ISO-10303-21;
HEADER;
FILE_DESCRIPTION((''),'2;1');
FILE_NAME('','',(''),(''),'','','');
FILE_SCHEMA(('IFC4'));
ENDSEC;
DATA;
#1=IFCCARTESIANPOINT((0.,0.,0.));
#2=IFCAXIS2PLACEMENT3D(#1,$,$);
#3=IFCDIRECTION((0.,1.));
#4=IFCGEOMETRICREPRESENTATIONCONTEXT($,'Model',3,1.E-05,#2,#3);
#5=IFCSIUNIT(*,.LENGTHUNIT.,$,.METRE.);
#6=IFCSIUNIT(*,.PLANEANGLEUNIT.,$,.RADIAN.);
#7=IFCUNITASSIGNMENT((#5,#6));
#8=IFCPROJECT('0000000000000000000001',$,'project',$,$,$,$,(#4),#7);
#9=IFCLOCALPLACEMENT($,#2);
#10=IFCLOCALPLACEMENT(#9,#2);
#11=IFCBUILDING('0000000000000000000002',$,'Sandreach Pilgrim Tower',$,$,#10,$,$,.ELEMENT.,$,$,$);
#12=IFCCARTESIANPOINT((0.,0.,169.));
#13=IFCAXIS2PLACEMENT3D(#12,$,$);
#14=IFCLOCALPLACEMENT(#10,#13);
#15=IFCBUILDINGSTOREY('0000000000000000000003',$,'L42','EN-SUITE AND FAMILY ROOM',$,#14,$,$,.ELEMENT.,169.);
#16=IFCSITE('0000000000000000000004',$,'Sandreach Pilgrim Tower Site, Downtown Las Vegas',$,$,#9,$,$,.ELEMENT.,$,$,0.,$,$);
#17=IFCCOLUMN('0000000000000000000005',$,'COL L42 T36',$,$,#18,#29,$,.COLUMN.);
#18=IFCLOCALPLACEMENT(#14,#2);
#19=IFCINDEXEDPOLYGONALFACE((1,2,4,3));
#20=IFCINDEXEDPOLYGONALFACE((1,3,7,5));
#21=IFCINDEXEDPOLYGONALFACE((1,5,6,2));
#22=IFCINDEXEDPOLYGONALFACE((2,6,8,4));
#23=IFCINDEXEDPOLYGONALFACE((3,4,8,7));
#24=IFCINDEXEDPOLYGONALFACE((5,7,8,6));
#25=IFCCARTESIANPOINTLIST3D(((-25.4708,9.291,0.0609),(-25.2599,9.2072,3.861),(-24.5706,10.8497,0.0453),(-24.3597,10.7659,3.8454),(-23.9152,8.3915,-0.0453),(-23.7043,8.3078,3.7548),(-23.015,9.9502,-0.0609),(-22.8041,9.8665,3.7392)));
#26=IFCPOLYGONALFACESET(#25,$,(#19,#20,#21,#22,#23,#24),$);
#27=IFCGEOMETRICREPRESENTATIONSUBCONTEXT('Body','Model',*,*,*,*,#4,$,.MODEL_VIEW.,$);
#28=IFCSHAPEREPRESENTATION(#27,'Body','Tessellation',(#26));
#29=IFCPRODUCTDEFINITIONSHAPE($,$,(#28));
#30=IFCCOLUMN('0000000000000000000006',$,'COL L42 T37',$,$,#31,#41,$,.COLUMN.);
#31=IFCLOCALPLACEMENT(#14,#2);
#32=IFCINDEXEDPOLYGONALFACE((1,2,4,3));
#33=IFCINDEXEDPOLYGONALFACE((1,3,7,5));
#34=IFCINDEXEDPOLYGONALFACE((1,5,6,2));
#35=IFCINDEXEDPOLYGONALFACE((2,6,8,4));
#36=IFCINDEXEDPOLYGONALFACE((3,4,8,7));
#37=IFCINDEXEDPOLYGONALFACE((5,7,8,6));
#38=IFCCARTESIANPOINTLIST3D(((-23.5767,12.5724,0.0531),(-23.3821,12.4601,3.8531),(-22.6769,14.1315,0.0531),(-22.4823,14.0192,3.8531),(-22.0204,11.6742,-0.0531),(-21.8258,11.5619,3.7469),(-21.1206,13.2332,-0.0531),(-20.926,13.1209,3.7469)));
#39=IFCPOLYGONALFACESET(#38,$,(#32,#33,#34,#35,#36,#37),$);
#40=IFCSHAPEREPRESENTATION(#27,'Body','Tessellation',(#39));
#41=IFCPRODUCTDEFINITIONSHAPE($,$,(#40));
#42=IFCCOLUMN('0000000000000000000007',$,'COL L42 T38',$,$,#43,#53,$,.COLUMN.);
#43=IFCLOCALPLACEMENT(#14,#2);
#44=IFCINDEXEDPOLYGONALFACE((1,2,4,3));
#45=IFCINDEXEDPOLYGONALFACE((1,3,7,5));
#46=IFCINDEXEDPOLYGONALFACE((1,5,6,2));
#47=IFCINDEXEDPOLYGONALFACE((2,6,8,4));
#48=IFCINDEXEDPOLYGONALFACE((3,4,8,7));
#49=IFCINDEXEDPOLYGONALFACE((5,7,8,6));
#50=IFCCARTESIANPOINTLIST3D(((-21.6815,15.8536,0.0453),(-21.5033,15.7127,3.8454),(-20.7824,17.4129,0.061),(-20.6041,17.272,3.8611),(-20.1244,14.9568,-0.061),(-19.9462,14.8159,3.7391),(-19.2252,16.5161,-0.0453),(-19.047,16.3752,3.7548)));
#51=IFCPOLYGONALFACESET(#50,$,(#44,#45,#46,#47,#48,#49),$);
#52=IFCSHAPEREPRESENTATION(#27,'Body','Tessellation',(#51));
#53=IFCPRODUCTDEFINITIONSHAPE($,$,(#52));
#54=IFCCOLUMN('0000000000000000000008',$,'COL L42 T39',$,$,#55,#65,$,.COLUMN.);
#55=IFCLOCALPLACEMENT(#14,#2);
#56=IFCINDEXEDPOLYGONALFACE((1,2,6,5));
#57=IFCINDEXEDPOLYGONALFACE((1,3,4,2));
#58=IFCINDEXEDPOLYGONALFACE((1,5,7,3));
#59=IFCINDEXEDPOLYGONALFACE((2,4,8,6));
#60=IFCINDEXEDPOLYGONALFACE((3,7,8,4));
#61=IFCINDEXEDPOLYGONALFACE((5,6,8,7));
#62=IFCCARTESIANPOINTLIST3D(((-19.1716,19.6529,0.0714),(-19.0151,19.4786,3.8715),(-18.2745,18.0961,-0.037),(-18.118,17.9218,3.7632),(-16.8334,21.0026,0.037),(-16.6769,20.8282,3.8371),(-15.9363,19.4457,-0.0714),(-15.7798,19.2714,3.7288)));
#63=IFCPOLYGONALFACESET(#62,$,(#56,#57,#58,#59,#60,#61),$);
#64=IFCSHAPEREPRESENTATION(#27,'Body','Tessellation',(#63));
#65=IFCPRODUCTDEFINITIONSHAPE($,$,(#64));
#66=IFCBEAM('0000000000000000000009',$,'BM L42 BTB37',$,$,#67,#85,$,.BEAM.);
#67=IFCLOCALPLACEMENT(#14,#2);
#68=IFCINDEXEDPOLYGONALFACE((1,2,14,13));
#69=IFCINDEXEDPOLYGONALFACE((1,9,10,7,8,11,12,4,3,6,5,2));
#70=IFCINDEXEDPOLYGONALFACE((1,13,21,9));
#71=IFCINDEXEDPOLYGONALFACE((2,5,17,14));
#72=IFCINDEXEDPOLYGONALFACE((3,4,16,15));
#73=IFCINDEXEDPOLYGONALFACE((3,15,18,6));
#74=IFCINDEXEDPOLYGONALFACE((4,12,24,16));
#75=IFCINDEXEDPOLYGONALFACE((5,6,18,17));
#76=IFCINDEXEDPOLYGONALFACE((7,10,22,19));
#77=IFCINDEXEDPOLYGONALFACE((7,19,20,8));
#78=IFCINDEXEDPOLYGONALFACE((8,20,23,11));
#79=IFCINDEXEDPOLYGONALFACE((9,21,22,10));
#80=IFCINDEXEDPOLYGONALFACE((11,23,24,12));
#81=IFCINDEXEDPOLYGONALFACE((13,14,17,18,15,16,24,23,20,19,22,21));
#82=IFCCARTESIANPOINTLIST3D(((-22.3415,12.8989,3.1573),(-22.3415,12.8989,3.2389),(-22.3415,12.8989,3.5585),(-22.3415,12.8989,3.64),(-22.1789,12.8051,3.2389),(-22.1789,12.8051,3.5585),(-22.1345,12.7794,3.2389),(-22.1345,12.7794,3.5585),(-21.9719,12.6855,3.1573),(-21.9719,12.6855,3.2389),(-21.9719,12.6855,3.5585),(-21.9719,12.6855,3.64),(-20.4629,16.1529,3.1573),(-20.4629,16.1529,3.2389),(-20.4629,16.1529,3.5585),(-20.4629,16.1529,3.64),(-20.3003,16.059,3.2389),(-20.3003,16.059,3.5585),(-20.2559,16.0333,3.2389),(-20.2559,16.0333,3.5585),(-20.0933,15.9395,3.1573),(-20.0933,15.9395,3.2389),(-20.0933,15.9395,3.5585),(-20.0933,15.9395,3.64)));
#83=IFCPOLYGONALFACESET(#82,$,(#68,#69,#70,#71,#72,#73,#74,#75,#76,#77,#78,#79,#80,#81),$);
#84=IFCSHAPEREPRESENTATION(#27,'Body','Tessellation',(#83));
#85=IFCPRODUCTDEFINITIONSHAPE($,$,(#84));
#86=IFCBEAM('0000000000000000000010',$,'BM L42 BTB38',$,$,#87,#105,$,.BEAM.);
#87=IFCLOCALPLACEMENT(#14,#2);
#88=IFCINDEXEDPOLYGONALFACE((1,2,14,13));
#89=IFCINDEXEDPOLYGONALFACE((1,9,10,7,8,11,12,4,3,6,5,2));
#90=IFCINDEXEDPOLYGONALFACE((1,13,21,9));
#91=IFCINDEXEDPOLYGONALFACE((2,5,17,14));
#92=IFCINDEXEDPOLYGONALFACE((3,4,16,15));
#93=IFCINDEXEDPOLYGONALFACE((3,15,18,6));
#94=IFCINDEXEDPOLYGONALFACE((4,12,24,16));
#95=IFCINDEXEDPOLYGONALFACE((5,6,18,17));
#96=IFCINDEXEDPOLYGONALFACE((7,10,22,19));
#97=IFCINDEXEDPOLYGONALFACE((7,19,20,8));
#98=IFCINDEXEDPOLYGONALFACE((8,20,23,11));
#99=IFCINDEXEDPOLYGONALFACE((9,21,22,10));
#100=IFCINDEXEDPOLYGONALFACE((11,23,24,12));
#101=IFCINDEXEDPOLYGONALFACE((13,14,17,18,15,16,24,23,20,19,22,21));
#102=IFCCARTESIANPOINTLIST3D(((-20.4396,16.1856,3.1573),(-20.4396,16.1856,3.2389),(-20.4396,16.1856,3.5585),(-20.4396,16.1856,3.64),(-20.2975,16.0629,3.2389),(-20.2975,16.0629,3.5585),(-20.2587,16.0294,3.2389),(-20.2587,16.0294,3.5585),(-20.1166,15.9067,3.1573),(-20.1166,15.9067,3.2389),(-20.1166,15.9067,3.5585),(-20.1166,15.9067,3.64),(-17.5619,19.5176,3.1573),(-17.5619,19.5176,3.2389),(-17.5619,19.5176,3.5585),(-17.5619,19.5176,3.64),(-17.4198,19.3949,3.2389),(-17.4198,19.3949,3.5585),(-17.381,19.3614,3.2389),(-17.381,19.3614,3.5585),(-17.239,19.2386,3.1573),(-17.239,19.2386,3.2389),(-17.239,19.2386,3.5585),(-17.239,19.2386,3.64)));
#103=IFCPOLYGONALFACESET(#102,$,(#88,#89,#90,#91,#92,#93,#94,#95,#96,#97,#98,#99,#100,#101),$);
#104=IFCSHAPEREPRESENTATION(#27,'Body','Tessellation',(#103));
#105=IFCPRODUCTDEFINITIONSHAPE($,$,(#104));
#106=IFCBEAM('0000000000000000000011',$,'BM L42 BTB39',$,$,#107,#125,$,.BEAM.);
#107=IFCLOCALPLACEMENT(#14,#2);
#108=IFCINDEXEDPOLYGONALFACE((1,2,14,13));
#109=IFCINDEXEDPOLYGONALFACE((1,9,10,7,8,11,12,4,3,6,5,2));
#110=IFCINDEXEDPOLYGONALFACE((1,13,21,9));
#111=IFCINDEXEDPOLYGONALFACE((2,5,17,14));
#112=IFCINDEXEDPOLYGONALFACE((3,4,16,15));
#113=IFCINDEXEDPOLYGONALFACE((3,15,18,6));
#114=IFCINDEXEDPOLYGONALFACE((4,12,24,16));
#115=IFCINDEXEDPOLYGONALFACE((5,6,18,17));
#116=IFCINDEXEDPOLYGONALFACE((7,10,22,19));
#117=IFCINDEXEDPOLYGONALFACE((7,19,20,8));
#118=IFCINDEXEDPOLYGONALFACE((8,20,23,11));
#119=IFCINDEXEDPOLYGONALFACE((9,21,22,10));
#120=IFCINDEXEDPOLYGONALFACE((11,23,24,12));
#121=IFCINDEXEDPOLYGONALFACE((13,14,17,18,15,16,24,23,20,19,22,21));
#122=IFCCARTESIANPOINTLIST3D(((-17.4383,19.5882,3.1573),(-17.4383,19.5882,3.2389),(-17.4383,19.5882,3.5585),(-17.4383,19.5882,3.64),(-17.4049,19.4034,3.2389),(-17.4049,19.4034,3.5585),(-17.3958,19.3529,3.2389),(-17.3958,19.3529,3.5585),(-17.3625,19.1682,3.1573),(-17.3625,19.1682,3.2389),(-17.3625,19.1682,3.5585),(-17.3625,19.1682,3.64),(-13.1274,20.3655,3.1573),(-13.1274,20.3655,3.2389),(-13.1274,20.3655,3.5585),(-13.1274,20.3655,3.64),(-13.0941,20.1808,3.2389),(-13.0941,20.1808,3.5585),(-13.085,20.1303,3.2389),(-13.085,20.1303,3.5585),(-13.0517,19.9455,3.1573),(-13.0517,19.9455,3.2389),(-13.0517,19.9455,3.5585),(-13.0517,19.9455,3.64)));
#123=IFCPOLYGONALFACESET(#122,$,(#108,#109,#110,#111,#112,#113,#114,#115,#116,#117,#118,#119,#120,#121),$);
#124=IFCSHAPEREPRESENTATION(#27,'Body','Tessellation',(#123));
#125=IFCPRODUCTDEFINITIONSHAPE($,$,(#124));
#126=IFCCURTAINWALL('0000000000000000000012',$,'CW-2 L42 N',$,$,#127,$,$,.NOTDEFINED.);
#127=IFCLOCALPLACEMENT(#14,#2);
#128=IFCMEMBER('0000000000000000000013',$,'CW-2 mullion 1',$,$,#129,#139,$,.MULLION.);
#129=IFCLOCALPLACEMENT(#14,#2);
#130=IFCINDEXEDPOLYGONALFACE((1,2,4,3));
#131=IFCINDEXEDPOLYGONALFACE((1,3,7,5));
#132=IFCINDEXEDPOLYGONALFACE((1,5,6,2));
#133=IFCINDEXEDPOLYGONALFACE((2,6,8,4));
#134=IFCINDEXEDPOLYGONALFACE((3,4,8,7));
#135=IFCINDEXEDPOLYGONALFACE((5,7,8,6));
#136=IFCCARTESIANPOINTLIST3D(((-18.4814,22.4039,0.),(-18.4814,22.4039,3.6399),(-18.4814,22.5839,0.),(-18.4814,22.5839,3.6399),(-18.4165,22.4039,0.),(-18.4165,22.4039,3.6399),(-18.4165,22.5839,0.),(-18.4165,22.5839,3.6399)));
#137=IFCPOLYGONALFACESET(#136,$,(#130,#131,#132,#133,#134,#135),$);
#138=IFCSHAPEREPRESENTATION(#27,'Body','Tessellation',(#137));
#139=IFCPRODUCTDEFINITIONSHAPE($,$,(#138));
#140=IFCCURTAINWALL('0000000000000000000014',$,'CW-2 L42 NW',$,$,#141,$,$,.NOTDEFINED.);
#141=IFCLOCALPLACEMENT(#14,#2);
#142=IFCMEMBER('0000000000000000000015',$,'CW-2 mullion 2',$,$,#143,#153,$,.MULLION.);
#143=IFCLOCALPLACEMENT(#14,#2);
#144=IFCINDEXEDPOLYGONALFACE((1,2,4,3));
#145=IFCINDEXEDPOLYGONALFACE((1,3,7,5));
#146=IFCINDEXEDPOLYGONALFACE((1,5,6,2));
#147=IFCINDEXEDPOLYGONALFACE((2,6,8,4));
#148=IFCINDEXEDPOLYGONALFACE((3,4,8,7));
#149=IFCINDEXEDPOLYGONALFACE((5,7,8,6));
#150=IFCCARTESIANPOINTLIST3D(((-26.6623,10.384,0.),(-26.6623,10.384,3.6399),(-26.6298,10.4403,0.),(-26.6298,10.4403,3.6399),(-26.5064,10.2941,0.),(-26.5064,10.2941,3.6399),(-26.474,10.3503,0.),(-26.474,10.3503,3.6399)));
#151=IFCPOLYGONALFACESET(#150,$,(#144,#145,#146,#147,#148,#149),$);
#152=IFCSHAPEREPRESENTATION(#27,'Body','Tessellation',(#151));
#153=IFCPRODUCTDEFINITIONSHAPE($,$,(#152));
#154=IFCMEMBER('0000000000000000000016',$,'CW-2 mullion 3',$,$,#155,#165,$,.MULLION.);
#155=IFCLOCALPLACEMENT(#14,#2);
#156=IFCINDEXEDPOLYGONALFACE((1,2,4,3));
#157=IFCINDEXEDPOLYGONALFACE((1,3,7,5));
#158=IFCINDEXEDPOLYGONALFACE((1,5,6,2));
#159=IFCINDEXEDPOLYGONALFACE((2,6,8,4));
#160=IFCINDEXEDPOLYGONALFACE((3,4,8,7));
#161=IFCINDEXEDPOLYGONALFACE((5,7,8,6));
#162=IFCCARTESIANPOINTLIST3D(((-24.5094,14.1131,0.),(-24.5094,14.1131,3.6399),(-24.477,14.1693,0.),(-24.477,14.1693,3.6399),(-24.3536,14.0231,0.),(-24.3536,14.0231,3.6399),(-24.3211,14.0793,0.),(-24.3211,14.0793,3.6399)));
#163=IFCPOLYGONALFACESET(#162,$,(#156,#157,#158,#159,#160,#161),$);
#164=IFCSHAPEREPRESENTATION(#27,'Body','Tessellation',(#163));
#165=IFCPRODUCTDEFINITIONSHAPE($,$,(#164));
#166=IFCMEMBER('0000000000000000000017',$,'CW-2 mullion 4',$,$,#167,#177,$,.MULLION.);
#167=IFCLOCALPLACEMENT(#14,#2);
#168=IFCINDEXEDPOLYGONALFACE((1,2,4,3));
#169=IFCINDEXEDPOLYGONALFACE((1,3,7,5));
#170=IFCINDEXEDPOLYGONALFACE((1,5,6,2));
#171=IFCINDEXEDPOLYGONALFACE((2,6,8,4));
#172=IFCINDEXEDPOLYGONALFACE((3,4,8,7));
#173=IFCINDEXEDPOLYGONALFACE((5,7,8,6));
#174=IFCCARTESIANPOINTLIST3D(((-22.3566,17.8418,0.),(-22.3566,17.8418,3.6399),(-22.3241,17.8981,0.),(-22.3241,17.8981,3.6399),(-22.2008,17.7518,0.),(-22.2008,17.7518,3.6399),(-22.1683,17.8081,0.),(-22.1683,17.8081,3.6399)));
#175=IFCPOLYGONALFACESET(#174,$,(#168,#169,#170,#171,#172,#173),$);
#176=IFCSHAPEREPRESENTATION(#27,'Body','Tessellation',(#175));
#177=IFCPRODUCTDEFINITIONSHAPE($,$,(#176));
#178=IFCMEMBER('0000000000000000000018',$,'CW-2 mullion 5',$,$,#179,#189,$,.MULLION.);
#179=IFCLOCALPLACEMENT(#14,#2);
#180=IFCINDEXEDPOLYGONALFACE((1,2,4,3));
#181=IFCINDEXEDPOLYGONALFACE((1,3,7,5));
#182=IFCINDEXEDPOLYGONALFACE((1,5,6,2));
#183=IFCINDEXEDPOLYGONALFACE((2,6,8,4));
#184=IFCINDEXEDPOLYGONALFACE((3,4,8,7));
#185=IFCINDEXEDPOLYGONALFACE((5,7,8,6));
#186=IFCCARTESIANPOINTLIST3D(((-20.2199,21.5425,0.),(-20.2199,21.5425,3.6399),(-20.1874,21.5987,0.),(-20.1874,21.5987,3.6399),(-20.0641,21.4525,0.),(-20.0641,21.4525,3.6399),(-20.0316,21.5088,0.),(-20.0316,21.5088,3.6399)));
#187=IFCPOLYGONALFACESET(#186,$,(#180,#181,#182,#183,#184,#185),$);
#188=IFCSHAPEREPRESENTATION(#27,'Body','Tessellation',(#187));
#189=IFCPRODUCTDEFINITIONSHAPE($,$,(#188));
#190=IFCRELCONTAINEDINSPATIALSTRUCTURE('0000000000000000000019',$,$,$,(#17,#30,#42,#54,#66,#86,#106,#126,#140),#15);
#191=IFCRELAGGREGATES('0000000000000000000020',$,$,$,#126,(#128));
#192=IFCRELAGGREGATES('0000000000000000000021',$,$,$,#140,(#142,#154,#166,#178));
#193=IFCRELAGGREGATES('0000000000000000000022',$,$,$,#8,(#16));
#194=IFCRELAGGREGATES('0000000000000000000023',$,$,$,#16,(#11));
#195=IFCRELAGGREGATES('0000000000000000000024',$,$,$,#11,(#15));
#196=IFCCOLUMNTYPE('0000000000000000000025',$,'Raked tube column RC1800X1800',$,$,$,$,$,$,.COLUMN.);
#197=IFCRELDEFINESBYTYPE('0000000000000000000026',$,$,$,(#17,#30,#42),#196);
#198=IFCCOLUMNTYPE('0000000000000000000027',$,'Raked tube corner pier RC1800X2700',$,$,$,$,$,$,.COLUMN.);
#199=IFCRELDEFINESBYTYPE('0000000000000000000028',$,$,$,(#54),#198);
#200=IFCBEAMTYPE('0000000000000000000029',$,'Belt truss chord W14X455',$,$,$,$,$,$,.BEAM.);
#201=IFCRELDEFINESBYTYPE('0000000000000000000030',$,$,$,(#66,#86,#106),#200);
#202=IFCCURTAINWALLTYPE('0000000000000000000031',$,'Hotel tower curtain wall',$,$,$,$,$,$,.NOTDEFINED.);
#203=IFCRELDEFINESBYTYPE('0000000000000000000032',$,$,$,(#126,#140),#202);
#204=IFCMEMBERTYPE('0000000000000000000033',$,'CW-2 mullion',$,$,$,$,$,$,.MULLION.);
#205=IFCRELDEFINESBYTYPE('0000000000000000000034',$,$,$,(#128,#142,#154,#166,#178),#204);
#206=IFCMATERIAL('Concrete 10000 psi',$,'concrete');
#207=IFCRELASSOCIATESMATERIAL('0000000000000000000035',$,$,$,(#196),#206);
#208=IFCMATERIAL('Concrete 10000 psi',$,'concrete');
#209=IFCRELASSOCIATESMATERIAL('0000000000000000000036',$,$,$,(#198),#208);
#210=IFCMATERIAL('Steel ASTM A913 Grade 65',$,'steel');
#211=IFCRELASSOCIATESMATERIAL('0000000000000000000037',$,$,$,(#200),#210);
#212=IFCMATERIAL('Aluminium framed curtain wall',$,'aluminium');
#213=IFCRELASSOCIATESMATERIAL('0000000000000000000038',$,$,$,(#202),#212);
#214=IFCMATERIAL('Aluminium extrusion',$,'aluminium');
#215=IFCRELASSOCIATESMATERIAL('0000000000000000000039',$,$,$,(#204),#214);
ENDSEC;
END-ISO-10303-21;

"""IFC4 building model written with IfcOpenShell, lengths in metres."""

from ifc_helpers import new_model, si_unit, direction, frame, origin, origin_2d, place, context, subcontext, project, spatial, rectangle, i_section, extrude, material, material_profile, profile_set, type_object, element, aggregate, save


model = new_model("IFC4")

# Units and contexts
model_context = context("Model", 3, precision=1e-05, world=origin(), true_north=direction((0.0, 1.0)))
body_context = subcontext(model_context, "Body", "Model", "MODEL_VIEW")
ifc_project = project(units=[si_unit("LENGTHUNIT", "METRE"), si_unit("PLANEANGLEUNIT", "RADIAN")], contexts=[model_context])

# Site, building, storey
site_placement = place(None, origin())
site = spatial("IfcSite", under=ifc_project, at=site_placement, Name="Sandreach Pilgrim Tower Site, Downtown Las Vegas", CompositionType="ELEMENT", RefElevation=0.0)
building_placement = place(site_placement, origin())
building = spatial("IfcBuilding", under=site, at=building_placement, Name="Sandreach Pilgrim Tower", CompositionType="ELEMENT")
storey_placement = place(building_placement, frame((0.0, 0.0, 169.0)))
storey = spatial("IfcBuildingStorey", under=building, at=storey_placement, Name="L42", Description="EN-SUITE AND FAMILY ROOM", CompositionType="ELEMENT", Elevation=169.0)

# Columns
ifc_material_1 = material(Name="Concrete 10000 psi", Category="concrete")
ifc_material_profile_1 = material_profile(ifc_material_1, rectangle(XDim=1.8, YDim=1.8, at=origin_2d()), Name="RC1800X1800")
ifc_profile_set_1 = profile_set([ifc_material_profile_1], Name="Concrete 10000 psi")
column_type_1 = type_object("IfcColumnType", Name="Raked tube column RC1800X1800", PredefinedType="COLUMN", material=ifc_profile_set_1)
column_1_placement = place(storey_placement, frame((-24.2429, 9.6206, 0.0), z_axis=(0.05541, -0.021997, 0.998221), x_axis=(-0.864198, 0.499683, 0.058982)))
element("IfcColumn", 1, at=column_1_placement, inside=storey, type_object=column_type_1, Name="COL L42 T36", PredefinedType="COLUMN", context=body_context, shape_type="SweptSolid", body=[
    extrude(rectangle(XDim=1.8, YDim=1.8, at=origin_2d()), origin(), (0.0, 0.0, 1.0), 3.8069),
])
column_2_placement = place(storey_placement, frame((-22.3486, 12.9028, 0.0), z_axis=(0.051115, -0.029502, 0.998257), x_axis=(-0.864585, 0.499008, 0.059018)))
element("IfcColumn", 2, at=column_2_placement, inside=storey, type_object=column_type_1, Name="COL L42 T37", PredefinedType="COLUMN", context=body_context, shape_type="SweptSolid", body=[
    extrude(rectangle(XDim=1.8, YDim=1.8, at=origin_2d()), origin(), (0.0, 0.0, 1.0), 3.8066),
])
column_3_placement = place(storey_placement, frame((-20.4534, 16.1848, 0.0), z_axis=(0.046817, -0.037004, 0.998218), x_axis=(-0.865044, 0.498209, 0.059039)))
element("IfcColumn", 3, at=column_3_placement, inside=storey, type_object=column_type_1, Name="COL L42 T38", PredefinedType="COLUMN", context=body_context, shape_type="SweptSolid", body=[
    extrude(rectangle(XDim=1.8, YDim=1.8, at=origin_2d()), origin(), (0.0, 0.0, 1.0), 3.8069),
])
ifc_material_2 = material(Name="Concrete 10000 psi", Category="concrete")
ifc_material_profile_2 = material_profile(ifc_material_2, rectangle(XDim=1.8, YDim=2.7, at=origin_2d()), Name="RC1800X2700")
ifc_profile_set_2 = profile_set([ifc_material_profile_2], Name="Concrete 10000 psi")
column_type_2 = type_object("IfcColumnType", Name="Raked tube corner pier RC1800X2700", PredefinedType="COLUMN", material=ifc_profile_set_2)
column_4_placement = place(storey_placement, frame((-17.554, 19.5493, 0.0), z_axis=(0.041104, -0.045785, 0.998105), x_axis=(-0.498343, 0.864888, 0.060197)))
element("IfcColumn", 4, at=column_4_placement, inside=storey, type_object=column_type_2, Name="COL L42 T39", PredefinedType="COLUMN", context=body_context, shape_type="SweptSolid", body=[
    extrude(rectangle(XDim=1.8, YDim=2.7, at=origin_2d()), origin(), (0.0, 0.0, 1.0), 3.8074),
])

# Beams
ifc_material_3 = material(Name="Steel ASTM A913 Grade 65", Category="steel")
ifc_material_profile_3 = material_profile(ifc_material_3, i_section(OverallWidth=0.4268, OverallDepth=0.4827, WebThickness=0.0513, FlangeThickness=0.0815, at=origin_2d()), Name="W14X455")
ifc_profile_set_3 = profile_set([ifc_material_profile_3], Name="Steel ASTM A913 Grade 65")
beam_type_1 = type_object("IfcBeamType", Name="Belt truss chord W14X455", PredefinedType="BEAM", material=ifc_profile_set_3)
beam_1_placement = place(storey_placement, frame((-22.1567, 12.7922, 3.3987), z_axis=(0.500004, 0.866023, 0.0), x_axis=(-0.866023, 0.500004, 0.0)))
element("IfcBeam", 5, at=beam_1_placement, inside=storey, type_object=beam_type_1, Name="BM L42 BTB37", PredefinedType="BEAM", context=body_context, shape_type="SweptSolid", body=[
    extrude(i_section(OverallWidth=0.4268, OverallDepth=0.4827, WebThickness=0.0513, FlangeThickness=0.0815, at=origin_2d()), origin(), (0.0, 0.0, 1.0), 3.7573),
])
beam_2_placement = place(storey_placement, frame((-20.2781, 16.0461, 3.3987), z_axis=(0.653623, 0.756821, 0.0), x_axis=(-0.756821, 0.653623, 0.0)))
element("IfcBeam", 6, at=beam_2_placement, inside=storey, type_object=beam_type_1, Name="BM L42 BTB38", PredefinedType="BEAM", context=body_context, shape_type="SweptSolid", body=[
    extrude(i_section(OverallWidth=0.4268, OverallDepth=0.4827, WebThickness=0.0513, FlangeThickness=0.0815, at=origin_2d()), origin(), (0.0, 0.0, 1.0), 4.4026),
])
beam_3_placement = place(storey_placement, frame((-17.4004, 19.3782, 3.3987), z_axis=(0.984127, 0.177463, 0.0), x_axis=(-0.177463, 0.984127, 0.0)))
element("IfcBeam", 7, at=beam_3_placement, inside=storey, type_object=beam_type_1, Name="BM L42 BTB39", PredefinedType="BEAM", context=body_context, shape_type="SweptSolid", body=[
    extrude(i_section(OverallWidth=0.4268, OverallDepth=0.4827, WebThickness=0.0513, FlangeThickness=0.0815, at=origin_2d()), origin(), (0.0, 0.0, 1.0), 4.3804),
])

# Curtain wall, member
ifc_material_4 = material(Name="Aluminium framed curtain wall", Category="aluminium")
curtain_wall_type = type_object("IfcCurtainWallType", Name="Hotel tower curtain wall", PredefinedType="NOTDEFINED", material=ifc_material_4)
curtain_wall_1_placement = place(storey_placement, origin())
curtain_wall_1 = element("IfcCurtainWall", 8, at=curtain_wall_1_placement, inside=storey, type_object=curtain_wall_type, Name="CW-2 L42 N", PredefinedType="NOTDEFINED")
ifc_material_5 = material(Name="Aluminium extrusion", Category="aluminium")
ifc_material_profile_4 = material_profile(ifc_material_5, rectangle(XDim=0.0649, YDim=0.1799, at=origin_2d()), Name="CW-2M 65X180")
ifc_profile_set_4 = profile_set([ifc_material_profile_4], Name="Aluminium extrusion")
member_type_1 = type_object("IfcMemberType", Name="CW-2 mullion", PredefinedType="MULLION", material=ifc_profile_set_4)
member_1_placement = place(storey_placement, frame((-18.449, 22.4939, 0.0), z_axis=(0.0, 0.0, 1.0), x_axis=(1.0, 0.0, 0.0)))
member_1 = element("IfcMember", 9, at=member_1_placement, type_object=member_type_1, Name="CW-2 mullion 1", PredefinedType="MULLION", context=body_context, shape_type="SweptSolid", body=[
    extrude(rectangle(XDim=0.0649, YDim=0.1799, at=origin_2d()), origin(), (0.0, 0.0, 1.0), 3.6399),
])

# Curtain wall, members
curtain_wall_2_placement = place(storey_placement, origin())
curtain_wall_2 = element("IfcCurtainWall", 10, at=curtain_wall_2_placement, inside=storey, type_object=curtain_wall_type, Name="CW-2 L42 NW", PredefinedType="NOTDEFINED")
member_2_placement = place(storey_placement, frame((-26.5681, 10.3672, 0.0), z_axis=(0.0, 0.0, 1.0), x_axis=(0.5, 0.866025, 0.0)))
member_2 = element("IfcMember", 11, at=member_2_placement, type_object=member_type_1, Name="CW-2 mullion 2", PredefinedType="MULLION", context=body_context, shape_type="SweptSolid", body=[
    extrude(rectangle(XDim=0.0649, YDim=0.1799, at=origin_2d()), origin(), (0.0, 0.0, 1.0), 3.6399),
])
member_3_placement = place(storey_placement, frame((-24.4153, 14.0962, 0.0), z_axis=(0.0, 0.0, 1.0), x_axis=(0.5, 0.866025, 0.0)))
member_3 = element("IfcMember", 12, at=member_3_placement, type_object=member_type_1, Name="CW-2 mullion 3", PredefinedType="MULLION", context=body_context, shape_type="SweptSolid", body=[
    extrude(rectangle(XDim=0.0649, YDim=0.1799, at=origin_2d()), origin(), (0.0, 0.0, 1.0), 3.6399),
])
member_4_placement = place(storey_placement, frame((-22.2625, 17.825, 0.0), z_axis=(0.0, 0.0, 1.0), x_axis=(0.5, 0.866025, 0.0)))
member_4 = element("IfcMember", 13, at=member_4_placement, type_object=member_type_1, Name="CW-2 mullion 4", PredefinedType="MULLION", context=body_context, shape_type="SweptSolid", body=[
    extrude(rectangle(XDim=0.0649, YDim=0.1799, at=origin_2d()), origin(), (0.0, 0.0, 1.0), 3.6399),
])
member_5_placement = place(storey_placement, frame((-20.1257, 21.5256, 0.0), z_axis=(0.0, 0.0, 1.0), x_axis=(0.5, 0.866025, 0.0)))
member_5 = element("IfcMember", 14, at=member_5_placement, type_object=member_type_1, Name="CW-2 mullion 5", PredefinedType="MULLION", context=body_context, shape_type="SweptSolid", body=[
    extrude(rectangle(XDim=0.0649, YDim=0.1799, at=origin_2d()), origin(), (0.0, 0.0, 1.0), 3.6399),
])

aggregate(curtain_wall_1, [member_1])
aggregate(curtain_wall_2, [member_2, member_3, member_4, member_5])

save(model, "model.ifc")
